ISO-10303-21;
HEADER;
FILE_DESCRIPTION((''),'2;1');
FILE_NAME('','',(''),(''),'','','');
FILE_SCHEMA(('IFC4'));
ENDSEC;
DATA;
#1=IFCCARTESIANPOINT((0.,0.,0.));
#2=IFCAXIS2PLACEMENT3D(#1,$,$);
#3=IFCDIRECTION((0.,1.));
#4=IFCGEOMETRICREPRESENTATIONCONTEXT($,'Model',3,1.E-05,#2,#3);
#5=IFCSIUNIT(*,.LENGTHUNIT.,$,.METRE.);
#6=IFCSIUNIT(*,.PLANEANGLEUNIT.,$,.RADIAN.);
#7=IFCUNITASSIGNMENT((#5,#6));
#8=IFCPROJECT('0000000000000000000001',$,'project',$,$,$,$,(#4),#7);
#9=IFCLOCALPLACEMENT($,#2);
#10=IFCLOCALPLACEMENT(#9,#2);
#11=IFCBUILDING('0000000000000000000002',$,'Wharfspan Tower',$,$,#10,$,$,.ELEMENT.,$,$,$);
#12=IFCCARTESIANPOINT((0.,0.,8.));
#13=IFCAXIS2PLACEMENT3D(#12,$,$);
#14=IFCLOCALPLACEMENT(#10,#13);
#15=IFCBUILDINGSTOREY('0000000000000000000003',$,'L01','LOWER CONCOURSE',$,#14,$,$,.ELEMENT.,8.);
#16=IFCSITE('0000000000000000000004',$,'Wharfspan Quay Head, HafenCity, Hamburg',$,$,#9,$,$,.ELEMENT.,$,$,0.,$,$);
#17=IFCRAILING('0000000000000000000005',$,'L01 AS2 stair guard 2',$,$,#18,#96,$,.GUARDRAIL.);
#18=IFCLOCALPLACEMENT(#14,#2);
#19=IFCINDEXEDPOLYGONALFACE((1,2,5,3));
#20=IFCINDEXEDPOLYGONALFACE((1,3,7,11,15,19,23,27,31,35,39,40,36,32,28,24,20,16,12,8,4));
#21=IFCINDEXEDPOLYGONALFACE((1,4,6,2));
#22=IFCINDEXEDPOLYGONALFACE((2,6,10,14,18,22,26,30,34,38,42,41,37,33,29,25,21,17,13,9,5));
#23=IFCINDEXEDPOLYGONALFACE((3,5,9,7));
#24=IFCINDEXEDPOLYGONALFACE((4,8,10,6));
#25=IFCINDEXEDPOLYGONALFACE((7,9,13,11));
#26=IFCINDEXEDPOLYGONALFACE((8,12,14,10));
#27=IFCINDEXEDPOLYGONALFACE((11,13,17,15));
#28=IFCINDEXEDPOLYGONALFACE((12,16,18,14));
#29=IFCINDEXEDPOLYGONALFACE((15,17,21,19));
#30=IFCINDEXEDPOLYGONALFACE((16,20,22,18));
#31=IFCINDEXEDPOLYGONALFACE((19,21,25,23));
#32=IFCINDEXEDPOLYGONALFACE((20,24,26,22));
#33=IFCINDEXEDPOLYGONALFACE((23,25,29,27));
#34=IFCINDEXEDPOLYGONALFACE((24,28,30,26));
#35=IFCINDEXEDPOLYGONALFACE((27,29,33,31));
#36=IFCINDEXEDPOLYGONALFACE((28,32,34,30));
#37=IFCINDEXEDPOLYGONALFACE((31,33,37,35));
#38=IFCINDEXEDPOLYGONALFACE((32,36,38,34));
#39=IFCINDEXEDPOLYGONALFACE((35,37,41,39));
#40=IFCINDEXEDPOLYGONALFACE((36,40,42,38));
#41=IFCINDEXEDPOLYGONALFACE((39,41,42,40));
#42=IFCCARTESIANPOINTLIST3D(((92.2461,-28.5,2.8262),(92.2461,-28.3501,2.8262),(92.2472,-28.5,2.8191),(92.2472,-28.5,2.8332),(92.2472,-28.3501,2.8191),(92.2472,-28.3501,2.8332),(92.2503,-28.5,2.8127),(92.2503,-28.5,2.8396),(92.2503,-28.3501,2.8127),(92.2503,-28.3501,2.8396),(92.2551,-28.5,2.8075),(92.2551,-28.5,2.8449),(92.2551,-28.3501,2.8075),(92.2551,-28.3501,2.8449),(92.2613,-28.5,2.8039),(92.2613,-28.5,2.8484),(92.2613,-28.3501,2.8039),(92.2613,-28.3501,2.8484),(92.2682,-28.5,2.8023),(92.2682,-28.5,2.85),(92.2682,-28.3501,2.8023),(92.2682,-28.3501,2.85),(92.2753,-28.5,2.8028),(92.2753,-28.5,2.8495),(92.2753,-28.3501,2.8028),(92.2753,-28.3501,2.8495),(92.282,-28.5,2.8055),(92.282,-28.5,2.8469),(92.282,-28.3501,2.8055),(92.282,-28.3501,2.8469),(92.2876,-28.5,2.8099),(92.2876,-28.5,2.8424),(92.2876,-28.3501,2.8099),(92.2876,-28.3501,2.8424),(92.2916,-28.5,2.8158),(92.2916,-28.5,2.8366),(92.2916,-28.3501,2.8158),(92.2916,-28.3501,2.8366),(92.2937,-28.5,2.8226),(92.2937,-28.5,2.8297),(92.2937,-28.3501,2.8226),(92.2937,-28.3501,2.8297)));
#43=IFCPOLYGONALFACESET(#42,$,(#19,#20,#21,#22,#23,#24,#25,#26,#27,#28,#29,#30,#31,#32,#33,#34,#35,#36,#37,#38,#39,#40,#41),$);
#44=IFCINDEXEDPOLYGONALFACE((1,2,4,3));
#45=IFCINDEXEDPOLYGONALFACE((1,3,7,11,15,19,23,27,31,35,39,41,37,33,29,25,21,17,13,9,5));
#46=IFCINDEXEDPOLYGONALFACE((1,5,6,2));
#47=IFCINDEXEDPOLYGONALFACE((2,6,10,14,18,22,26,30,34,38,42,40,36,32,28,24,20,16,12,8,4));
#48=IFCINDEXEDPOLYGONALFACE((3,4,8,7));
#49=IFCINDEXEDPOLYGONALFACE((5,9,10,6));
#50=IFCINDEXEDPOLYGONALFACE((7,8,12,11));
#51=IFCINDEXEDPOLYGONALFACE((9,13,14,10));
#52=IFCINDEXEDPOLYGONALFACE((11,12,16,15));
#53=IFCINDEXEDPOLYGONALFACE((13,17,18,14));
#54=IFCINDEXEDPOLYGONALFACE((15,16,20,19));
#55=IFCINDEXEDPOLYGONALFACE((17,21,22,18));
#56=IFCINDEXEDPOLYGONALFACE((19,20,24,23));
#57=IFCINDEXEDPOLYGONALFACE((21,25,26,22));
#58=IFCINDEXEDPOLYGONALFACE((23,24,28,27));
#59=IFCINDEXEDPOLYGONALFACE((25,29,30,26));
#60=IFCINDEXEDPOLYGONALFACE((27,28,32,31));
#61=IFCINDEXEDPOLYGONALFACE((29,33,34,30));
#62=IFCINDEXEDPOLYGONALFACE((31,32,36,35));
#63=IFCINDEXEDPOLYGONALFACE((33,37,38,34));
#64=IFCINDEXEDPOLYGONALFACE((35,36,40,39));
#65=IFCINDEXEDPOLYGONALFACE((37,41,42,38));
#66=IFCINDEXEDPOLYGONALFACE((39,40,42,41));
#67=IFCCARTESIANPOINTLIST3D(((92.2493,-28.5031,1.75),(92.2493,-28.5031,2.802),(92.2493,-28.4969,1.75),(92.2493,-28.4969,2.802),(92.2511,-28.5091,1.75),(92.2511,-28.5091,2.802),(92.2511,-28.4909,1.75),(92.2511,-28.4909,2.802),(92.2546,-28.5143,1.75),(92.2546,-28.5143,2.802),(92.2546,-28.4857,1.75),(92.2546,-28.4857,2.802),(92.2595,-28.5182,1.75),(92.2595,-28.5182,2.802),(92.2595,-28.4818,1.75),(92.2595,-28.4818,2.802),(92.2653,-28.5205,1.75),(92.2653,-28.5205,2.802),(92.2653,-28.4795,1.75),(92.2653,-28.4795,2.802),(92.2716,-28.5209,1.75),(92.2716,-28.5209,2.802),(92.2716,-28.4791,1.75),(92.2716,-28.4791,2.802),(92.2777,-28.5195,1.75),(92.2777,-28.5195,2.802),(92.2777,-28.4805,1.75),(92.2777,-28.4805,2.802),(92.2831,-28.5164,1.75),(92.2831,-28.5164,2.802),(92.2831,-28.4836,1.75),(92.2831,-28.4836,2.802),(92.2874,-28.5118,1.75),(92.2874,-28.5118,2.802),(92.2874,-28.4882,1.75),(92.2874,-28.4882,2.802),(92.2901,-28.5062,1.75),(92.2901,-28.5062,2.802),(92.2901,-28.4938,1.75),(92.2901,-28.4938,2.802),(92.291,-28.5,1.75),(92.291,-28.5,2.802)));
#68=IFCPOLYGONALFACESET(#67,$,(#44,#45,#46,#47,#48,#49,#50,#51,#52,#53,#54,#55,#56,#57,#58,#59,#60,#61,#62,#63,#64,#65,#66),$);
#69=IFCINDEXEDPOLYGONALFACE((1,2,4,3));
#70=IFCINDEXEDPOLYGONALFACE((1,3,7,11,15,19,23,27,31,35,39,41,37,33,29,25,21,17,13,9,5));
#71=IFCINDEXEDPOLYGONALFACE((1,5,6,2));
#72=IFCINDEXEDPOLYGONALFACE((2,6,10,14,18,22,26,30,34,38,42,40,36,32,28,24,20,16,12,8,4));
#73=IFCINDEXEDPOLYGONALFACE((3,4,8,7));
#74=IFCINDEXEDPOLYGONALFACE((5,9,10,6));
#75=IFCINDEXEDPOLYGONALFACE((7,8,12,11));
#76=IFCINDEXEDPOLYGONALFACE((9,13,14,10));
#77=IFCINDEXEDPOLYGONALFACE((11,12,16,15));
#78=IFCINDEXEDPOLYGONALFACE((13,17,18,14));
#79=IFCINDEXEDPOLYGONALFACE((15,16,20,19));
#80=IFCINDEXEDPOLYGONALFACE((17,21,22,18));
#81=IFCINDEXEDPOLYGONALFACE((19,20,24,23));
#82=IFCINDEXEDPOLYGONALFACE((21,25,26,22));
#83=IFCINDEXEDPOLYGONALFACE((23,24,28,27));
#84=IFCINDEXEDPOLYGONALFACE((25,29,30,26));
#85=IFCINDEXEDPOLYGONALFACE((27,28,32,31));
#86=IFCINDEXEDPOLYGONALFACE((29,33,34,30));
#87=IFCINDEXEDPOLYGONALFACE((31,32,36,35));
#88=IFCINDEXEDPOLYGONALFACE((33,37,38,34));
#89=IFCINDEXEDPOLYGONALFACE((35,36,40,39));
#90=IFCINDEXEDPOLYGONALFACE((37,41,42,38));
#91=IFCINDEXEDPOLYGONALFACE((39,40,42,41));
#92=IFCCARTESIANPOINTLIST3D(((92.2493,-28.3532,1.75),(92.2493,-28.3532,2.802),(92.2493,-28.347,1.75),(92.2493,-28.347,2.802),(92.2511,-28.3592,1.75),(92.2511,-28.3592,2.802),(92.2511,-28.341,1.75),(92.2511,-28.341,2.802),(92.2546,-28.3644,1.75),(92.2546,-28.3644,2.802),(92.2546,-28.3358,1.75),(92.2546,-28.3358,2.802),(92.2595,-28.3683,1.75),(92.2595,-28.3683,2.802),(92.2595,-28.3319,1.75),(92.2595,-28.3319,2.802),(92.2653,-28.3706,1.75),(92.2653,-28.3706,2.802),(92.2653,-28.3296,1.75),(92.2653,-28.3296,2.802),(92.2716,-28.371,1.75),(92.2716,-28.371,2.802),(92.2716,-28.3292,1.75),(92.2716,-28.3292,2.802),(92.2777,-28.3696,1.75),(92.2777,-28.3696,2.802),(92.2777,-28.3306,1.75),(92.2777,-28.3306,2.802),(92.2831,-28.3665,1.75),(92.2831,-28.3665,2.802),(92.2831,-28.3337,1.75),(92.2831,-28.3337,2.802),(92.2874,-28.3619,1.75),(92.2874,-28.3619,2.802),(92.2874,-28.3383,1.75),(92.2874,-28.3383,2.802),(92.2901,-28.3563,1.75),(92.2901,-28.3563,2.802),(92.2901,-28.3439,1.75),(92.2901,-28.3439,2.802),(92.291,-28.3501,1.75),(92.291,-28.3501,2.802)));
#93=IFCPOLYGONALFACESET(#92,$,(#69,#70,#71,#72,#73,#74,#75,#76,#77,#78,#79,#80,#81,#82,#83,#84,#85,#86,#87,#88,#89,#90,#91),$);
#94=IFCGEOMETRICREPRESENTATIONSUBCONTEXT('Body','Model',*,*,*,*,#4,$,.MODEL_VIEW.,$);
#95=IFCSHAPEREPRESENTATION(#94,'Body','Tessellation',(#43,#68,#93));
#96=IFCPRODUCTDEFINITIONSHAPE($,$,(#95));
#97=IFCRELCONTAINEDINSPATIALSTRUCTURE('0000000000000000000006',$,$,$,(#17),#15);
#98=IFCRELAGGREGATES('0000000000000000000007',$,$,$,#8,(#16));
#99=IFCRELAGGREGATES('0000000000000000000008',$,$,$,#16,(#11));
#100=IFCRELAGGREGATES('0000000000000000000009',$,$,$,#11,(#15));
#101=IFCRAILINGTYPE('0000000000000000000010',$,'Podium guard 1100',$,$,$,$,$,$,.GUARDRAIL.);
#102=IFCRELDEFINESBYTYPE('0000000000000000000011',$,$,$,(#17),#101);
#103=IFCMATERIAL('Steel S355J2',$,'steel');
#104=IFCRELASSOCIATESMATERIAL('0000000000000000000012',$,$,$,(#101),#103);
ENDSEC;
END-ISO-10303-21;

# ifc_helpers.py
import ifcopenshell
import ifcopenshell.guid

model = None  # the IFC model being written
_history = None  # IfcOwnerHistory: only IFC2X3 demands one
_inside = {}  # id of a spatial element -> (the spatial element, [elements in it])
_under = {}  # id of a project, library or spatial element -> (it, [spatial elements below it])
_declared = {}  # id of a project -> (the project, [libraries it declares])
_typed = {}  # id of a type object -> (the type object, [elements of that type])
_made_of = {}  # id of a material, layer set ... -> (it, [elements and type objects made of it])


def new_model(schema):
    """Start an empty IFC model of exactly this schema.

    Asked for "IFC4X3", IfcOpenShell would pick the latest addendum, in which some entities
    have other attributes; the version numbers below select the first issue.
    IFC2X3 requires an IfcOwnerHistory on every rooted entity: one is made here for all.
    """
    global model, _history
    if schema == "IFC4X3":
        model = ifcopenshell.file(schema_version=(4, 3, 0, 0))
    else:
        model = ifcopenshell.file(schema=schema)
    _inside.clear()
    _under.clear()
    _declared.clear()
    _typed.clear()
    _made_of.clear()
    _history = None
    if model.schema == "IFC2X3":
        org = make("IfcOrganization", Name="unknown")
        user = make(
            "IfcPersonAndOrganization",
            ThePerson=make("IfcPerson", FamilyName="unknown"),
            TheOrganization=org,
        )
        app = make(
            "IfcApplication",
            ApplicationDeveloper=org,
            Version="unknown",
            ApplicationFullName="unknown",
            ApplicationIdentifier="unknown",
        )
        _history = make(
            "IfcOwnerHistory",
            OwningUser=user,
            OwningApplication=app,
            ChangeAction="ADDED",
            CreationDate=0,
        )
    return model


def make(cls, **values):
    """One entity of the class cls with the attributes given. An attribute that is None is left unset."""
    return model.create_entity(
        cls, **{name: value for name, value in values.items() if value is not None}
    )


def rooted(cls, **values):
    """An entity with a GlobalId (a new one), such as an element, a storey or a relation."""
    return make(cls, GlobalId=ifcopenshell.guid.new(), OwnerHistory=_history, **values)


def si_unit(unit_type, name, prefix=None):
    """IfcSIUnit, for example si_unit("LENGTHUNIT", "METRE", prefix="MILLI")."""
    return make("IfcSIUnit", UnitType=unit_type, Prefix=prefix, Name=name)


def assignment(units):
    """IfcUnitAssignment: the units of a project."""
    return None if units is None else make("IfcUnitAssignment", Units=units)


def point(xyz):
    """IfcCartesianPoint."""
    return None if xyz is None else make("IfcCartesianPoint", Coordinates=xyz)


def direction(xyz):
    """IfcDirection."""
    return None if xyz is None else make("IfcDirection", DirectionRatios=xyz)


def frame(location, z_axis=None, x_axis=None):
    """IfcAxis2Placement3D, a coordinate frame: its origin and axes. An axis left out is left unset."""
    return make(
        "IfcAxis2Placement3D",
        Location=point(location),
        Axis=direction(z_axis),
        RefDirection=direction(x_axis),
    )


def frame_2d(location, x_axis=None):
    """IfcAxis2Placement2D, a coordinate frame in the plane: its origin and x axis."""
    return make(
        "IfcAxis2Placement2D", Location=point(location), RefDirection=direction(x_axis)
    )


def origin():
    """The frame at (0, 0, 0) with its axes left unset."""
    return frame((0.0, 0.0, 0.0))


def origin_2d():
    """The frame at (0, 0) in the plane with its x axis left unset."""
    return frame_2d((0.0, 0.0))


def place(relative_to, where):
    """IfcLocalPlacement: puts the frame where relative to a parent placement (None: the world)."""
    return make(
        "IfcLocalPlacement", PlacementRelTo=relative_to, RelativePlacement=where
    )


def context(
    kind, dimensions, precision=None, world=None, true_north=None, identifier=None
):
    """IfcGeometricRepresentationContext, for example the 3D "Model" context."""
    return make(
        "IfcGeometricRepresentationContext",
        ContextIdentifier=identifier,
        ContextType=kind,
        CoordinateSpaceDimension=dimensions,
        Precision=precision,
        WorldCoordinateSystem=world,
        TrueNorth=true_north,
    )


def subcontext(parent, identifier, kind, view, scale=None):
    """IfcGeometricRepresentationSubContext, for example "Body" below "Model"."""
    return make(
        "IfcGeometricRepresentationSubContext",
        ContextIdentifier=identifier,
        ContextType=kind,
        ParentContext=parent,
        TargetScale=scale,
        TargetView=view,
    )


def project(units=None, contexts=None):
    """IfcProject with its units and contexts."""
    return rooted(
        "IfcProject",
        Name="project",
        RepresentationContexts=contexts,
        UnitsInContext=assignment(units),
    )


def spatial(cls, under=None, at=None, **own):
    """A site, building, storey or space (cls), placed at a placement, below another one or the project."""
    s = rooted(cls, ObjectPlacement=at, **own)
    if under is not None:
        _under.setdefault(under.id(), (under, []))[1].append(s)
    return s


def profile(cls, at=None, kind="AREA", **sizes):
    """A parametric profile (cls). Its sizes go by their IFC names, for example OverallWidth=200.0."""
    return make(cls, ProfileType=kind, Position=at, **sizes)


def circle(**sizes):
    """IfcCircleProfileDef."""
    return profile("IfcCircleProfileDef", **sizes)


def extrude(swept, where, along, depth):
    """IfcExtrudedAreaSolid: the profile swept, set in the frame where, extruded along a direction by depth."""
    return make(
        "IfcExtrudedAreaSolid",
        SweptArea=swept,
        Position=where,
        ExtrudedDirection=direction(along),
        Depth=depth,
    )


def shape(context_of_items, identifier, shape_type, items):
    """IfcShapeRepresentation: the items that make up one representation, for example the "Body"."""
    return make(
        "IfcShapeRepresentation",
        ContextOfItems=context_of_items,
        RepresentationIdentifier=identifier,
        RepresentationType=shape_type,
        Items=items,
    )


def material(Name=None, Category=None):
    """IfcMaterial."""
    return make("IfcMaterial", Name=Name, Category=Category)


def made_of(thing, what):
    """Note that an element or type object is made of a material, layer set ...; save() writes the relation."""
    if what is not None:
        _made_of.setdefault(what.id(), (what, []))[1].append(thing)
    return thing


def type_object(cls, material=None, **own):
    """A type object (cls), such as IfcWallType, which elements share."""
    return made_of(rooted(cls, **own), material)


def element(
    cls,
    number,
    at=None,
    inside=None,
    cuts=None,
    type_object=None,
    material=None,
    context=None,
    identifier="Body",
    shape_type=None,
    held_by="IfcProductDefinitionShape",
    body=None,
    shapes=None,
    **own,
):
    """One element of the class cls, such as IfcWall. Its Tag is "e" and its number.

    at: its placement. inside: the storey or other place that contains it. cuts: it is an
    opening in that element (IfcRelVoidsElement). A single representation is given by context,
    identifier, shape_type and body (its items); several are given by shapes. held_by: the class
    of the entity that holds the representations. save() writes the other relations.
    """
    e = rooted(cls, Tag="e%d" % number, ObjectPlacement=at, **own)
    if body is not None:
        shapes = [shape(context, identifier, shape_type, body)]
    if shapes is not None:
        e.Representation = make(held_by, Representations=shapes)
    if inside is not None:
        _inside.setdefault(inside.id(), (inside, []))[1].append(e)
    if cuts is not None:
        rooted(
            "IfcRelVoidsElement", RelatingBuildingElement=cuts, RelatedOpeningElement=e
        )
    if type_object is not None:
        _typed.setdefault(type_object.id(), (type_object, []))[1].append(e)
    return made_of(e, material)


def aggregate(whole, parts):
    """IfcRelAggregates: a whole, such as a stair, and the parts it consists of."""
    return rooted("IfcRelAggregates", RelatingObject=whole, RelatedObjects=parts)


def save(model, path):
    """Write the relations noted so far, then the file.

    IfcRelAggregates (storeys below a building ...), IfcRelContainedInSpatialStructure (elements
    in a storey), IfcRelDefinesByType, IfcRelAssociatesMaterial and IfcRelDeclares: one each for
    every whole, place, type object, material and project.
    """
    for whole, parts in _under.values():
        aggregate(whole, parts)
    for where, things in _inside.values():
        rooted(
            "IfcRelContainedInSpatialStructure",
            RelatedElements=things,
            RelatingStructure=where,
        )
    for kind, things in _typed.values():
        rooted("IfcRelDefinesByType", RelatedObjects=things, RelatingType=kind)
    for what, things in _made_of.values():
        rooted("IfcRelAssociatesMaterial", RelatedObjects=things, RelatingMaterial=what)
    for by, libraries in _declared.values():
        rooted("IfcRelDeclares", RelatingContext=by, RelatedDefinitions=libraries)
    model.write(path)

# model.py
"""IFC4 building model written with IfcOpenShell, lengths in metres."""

from ifc_helpers import new_model, si_unit, direction, frame, origin, origin_2d, place, context, subcontext, project, spatial, circle, extrude, material, type_object, element, save


model = new_model("IFC4")

# Units and contexts
model_context = context("Model", 3, precision=1e-05, world=origin(), true_north=direction((0.0, 1.0)))
body_context = subcontext(model_context, "Body", "Model", "MODEL_VIEW")
ifc_project = project(units=[si_unit("LENGTHUNIT", "METRE"), si_unit("PLANEANGLEUNIT", "RADIAN")], contexts=[model_context])

# Site, building, storey
site_placement = place(None, origin())
site = spatial("IfcSite", under=ifc_project, at=site_placement, Name="Wharfspan Quay Head, HafenCity, Hamburg", CompositionType="ELEMENT", RefElevation=0.0)
building_placement = place(site_placement, origin())
building = spatial("IfcBuilding", under=site, at=building_placement, Name="Wharfspan Tower", CompositionType="ELEMENT")
storey_placement = place(building_placement, frame((0.0, 0.0, 8.0)))
storey = spatial("IfcBuildingStorey", under=building, at=storey_placement, Name="L01", Description="LOWER CONCOURSE", CompositionType="ELEMENT", Elevation=8.0)

# Railing
ifc_material_1 = material(Name="Steel S355J2", Category="steel")
railing_type_1 = type_object("IfcRailingType", Name="Podium guard 1100", PredefinedType="GUARDRAIL", material=ifc_material_1)
railing_1_placement = place(storey_placement, frame((92.27, -28.5, 1.75)))
element("IfcRailing", 1, at=railing_1_placement, inside=storey, type_object=railing_type_1, Name="L01 AS2 stair guard 2", PredefinedType="GUARDRAIL", context=body_context, shape_type="SweptSolid", body=[
    extrude(circle(Radius=0.0239, at=origin_2d()), frame((0.0, 0.0, 1.0762), z_axis=(0.0, 1.0, 0.0), x_axis=(-1.0, 0.0, 0.0)), (0.0, 0.0, 1.0), 0.1499),
    extrude(circle(Radius=0.021, at=origin_2d()), origin(), (0.0, 0.0, 1.0), 1.052),
    extrude(circle(Radius=0.021, at=origin_2d()), frame((0.0, 0.1499, 0.0)), (0.0, 0.0, 1.0), 1.052),
])

save(model, "model.ifc")
